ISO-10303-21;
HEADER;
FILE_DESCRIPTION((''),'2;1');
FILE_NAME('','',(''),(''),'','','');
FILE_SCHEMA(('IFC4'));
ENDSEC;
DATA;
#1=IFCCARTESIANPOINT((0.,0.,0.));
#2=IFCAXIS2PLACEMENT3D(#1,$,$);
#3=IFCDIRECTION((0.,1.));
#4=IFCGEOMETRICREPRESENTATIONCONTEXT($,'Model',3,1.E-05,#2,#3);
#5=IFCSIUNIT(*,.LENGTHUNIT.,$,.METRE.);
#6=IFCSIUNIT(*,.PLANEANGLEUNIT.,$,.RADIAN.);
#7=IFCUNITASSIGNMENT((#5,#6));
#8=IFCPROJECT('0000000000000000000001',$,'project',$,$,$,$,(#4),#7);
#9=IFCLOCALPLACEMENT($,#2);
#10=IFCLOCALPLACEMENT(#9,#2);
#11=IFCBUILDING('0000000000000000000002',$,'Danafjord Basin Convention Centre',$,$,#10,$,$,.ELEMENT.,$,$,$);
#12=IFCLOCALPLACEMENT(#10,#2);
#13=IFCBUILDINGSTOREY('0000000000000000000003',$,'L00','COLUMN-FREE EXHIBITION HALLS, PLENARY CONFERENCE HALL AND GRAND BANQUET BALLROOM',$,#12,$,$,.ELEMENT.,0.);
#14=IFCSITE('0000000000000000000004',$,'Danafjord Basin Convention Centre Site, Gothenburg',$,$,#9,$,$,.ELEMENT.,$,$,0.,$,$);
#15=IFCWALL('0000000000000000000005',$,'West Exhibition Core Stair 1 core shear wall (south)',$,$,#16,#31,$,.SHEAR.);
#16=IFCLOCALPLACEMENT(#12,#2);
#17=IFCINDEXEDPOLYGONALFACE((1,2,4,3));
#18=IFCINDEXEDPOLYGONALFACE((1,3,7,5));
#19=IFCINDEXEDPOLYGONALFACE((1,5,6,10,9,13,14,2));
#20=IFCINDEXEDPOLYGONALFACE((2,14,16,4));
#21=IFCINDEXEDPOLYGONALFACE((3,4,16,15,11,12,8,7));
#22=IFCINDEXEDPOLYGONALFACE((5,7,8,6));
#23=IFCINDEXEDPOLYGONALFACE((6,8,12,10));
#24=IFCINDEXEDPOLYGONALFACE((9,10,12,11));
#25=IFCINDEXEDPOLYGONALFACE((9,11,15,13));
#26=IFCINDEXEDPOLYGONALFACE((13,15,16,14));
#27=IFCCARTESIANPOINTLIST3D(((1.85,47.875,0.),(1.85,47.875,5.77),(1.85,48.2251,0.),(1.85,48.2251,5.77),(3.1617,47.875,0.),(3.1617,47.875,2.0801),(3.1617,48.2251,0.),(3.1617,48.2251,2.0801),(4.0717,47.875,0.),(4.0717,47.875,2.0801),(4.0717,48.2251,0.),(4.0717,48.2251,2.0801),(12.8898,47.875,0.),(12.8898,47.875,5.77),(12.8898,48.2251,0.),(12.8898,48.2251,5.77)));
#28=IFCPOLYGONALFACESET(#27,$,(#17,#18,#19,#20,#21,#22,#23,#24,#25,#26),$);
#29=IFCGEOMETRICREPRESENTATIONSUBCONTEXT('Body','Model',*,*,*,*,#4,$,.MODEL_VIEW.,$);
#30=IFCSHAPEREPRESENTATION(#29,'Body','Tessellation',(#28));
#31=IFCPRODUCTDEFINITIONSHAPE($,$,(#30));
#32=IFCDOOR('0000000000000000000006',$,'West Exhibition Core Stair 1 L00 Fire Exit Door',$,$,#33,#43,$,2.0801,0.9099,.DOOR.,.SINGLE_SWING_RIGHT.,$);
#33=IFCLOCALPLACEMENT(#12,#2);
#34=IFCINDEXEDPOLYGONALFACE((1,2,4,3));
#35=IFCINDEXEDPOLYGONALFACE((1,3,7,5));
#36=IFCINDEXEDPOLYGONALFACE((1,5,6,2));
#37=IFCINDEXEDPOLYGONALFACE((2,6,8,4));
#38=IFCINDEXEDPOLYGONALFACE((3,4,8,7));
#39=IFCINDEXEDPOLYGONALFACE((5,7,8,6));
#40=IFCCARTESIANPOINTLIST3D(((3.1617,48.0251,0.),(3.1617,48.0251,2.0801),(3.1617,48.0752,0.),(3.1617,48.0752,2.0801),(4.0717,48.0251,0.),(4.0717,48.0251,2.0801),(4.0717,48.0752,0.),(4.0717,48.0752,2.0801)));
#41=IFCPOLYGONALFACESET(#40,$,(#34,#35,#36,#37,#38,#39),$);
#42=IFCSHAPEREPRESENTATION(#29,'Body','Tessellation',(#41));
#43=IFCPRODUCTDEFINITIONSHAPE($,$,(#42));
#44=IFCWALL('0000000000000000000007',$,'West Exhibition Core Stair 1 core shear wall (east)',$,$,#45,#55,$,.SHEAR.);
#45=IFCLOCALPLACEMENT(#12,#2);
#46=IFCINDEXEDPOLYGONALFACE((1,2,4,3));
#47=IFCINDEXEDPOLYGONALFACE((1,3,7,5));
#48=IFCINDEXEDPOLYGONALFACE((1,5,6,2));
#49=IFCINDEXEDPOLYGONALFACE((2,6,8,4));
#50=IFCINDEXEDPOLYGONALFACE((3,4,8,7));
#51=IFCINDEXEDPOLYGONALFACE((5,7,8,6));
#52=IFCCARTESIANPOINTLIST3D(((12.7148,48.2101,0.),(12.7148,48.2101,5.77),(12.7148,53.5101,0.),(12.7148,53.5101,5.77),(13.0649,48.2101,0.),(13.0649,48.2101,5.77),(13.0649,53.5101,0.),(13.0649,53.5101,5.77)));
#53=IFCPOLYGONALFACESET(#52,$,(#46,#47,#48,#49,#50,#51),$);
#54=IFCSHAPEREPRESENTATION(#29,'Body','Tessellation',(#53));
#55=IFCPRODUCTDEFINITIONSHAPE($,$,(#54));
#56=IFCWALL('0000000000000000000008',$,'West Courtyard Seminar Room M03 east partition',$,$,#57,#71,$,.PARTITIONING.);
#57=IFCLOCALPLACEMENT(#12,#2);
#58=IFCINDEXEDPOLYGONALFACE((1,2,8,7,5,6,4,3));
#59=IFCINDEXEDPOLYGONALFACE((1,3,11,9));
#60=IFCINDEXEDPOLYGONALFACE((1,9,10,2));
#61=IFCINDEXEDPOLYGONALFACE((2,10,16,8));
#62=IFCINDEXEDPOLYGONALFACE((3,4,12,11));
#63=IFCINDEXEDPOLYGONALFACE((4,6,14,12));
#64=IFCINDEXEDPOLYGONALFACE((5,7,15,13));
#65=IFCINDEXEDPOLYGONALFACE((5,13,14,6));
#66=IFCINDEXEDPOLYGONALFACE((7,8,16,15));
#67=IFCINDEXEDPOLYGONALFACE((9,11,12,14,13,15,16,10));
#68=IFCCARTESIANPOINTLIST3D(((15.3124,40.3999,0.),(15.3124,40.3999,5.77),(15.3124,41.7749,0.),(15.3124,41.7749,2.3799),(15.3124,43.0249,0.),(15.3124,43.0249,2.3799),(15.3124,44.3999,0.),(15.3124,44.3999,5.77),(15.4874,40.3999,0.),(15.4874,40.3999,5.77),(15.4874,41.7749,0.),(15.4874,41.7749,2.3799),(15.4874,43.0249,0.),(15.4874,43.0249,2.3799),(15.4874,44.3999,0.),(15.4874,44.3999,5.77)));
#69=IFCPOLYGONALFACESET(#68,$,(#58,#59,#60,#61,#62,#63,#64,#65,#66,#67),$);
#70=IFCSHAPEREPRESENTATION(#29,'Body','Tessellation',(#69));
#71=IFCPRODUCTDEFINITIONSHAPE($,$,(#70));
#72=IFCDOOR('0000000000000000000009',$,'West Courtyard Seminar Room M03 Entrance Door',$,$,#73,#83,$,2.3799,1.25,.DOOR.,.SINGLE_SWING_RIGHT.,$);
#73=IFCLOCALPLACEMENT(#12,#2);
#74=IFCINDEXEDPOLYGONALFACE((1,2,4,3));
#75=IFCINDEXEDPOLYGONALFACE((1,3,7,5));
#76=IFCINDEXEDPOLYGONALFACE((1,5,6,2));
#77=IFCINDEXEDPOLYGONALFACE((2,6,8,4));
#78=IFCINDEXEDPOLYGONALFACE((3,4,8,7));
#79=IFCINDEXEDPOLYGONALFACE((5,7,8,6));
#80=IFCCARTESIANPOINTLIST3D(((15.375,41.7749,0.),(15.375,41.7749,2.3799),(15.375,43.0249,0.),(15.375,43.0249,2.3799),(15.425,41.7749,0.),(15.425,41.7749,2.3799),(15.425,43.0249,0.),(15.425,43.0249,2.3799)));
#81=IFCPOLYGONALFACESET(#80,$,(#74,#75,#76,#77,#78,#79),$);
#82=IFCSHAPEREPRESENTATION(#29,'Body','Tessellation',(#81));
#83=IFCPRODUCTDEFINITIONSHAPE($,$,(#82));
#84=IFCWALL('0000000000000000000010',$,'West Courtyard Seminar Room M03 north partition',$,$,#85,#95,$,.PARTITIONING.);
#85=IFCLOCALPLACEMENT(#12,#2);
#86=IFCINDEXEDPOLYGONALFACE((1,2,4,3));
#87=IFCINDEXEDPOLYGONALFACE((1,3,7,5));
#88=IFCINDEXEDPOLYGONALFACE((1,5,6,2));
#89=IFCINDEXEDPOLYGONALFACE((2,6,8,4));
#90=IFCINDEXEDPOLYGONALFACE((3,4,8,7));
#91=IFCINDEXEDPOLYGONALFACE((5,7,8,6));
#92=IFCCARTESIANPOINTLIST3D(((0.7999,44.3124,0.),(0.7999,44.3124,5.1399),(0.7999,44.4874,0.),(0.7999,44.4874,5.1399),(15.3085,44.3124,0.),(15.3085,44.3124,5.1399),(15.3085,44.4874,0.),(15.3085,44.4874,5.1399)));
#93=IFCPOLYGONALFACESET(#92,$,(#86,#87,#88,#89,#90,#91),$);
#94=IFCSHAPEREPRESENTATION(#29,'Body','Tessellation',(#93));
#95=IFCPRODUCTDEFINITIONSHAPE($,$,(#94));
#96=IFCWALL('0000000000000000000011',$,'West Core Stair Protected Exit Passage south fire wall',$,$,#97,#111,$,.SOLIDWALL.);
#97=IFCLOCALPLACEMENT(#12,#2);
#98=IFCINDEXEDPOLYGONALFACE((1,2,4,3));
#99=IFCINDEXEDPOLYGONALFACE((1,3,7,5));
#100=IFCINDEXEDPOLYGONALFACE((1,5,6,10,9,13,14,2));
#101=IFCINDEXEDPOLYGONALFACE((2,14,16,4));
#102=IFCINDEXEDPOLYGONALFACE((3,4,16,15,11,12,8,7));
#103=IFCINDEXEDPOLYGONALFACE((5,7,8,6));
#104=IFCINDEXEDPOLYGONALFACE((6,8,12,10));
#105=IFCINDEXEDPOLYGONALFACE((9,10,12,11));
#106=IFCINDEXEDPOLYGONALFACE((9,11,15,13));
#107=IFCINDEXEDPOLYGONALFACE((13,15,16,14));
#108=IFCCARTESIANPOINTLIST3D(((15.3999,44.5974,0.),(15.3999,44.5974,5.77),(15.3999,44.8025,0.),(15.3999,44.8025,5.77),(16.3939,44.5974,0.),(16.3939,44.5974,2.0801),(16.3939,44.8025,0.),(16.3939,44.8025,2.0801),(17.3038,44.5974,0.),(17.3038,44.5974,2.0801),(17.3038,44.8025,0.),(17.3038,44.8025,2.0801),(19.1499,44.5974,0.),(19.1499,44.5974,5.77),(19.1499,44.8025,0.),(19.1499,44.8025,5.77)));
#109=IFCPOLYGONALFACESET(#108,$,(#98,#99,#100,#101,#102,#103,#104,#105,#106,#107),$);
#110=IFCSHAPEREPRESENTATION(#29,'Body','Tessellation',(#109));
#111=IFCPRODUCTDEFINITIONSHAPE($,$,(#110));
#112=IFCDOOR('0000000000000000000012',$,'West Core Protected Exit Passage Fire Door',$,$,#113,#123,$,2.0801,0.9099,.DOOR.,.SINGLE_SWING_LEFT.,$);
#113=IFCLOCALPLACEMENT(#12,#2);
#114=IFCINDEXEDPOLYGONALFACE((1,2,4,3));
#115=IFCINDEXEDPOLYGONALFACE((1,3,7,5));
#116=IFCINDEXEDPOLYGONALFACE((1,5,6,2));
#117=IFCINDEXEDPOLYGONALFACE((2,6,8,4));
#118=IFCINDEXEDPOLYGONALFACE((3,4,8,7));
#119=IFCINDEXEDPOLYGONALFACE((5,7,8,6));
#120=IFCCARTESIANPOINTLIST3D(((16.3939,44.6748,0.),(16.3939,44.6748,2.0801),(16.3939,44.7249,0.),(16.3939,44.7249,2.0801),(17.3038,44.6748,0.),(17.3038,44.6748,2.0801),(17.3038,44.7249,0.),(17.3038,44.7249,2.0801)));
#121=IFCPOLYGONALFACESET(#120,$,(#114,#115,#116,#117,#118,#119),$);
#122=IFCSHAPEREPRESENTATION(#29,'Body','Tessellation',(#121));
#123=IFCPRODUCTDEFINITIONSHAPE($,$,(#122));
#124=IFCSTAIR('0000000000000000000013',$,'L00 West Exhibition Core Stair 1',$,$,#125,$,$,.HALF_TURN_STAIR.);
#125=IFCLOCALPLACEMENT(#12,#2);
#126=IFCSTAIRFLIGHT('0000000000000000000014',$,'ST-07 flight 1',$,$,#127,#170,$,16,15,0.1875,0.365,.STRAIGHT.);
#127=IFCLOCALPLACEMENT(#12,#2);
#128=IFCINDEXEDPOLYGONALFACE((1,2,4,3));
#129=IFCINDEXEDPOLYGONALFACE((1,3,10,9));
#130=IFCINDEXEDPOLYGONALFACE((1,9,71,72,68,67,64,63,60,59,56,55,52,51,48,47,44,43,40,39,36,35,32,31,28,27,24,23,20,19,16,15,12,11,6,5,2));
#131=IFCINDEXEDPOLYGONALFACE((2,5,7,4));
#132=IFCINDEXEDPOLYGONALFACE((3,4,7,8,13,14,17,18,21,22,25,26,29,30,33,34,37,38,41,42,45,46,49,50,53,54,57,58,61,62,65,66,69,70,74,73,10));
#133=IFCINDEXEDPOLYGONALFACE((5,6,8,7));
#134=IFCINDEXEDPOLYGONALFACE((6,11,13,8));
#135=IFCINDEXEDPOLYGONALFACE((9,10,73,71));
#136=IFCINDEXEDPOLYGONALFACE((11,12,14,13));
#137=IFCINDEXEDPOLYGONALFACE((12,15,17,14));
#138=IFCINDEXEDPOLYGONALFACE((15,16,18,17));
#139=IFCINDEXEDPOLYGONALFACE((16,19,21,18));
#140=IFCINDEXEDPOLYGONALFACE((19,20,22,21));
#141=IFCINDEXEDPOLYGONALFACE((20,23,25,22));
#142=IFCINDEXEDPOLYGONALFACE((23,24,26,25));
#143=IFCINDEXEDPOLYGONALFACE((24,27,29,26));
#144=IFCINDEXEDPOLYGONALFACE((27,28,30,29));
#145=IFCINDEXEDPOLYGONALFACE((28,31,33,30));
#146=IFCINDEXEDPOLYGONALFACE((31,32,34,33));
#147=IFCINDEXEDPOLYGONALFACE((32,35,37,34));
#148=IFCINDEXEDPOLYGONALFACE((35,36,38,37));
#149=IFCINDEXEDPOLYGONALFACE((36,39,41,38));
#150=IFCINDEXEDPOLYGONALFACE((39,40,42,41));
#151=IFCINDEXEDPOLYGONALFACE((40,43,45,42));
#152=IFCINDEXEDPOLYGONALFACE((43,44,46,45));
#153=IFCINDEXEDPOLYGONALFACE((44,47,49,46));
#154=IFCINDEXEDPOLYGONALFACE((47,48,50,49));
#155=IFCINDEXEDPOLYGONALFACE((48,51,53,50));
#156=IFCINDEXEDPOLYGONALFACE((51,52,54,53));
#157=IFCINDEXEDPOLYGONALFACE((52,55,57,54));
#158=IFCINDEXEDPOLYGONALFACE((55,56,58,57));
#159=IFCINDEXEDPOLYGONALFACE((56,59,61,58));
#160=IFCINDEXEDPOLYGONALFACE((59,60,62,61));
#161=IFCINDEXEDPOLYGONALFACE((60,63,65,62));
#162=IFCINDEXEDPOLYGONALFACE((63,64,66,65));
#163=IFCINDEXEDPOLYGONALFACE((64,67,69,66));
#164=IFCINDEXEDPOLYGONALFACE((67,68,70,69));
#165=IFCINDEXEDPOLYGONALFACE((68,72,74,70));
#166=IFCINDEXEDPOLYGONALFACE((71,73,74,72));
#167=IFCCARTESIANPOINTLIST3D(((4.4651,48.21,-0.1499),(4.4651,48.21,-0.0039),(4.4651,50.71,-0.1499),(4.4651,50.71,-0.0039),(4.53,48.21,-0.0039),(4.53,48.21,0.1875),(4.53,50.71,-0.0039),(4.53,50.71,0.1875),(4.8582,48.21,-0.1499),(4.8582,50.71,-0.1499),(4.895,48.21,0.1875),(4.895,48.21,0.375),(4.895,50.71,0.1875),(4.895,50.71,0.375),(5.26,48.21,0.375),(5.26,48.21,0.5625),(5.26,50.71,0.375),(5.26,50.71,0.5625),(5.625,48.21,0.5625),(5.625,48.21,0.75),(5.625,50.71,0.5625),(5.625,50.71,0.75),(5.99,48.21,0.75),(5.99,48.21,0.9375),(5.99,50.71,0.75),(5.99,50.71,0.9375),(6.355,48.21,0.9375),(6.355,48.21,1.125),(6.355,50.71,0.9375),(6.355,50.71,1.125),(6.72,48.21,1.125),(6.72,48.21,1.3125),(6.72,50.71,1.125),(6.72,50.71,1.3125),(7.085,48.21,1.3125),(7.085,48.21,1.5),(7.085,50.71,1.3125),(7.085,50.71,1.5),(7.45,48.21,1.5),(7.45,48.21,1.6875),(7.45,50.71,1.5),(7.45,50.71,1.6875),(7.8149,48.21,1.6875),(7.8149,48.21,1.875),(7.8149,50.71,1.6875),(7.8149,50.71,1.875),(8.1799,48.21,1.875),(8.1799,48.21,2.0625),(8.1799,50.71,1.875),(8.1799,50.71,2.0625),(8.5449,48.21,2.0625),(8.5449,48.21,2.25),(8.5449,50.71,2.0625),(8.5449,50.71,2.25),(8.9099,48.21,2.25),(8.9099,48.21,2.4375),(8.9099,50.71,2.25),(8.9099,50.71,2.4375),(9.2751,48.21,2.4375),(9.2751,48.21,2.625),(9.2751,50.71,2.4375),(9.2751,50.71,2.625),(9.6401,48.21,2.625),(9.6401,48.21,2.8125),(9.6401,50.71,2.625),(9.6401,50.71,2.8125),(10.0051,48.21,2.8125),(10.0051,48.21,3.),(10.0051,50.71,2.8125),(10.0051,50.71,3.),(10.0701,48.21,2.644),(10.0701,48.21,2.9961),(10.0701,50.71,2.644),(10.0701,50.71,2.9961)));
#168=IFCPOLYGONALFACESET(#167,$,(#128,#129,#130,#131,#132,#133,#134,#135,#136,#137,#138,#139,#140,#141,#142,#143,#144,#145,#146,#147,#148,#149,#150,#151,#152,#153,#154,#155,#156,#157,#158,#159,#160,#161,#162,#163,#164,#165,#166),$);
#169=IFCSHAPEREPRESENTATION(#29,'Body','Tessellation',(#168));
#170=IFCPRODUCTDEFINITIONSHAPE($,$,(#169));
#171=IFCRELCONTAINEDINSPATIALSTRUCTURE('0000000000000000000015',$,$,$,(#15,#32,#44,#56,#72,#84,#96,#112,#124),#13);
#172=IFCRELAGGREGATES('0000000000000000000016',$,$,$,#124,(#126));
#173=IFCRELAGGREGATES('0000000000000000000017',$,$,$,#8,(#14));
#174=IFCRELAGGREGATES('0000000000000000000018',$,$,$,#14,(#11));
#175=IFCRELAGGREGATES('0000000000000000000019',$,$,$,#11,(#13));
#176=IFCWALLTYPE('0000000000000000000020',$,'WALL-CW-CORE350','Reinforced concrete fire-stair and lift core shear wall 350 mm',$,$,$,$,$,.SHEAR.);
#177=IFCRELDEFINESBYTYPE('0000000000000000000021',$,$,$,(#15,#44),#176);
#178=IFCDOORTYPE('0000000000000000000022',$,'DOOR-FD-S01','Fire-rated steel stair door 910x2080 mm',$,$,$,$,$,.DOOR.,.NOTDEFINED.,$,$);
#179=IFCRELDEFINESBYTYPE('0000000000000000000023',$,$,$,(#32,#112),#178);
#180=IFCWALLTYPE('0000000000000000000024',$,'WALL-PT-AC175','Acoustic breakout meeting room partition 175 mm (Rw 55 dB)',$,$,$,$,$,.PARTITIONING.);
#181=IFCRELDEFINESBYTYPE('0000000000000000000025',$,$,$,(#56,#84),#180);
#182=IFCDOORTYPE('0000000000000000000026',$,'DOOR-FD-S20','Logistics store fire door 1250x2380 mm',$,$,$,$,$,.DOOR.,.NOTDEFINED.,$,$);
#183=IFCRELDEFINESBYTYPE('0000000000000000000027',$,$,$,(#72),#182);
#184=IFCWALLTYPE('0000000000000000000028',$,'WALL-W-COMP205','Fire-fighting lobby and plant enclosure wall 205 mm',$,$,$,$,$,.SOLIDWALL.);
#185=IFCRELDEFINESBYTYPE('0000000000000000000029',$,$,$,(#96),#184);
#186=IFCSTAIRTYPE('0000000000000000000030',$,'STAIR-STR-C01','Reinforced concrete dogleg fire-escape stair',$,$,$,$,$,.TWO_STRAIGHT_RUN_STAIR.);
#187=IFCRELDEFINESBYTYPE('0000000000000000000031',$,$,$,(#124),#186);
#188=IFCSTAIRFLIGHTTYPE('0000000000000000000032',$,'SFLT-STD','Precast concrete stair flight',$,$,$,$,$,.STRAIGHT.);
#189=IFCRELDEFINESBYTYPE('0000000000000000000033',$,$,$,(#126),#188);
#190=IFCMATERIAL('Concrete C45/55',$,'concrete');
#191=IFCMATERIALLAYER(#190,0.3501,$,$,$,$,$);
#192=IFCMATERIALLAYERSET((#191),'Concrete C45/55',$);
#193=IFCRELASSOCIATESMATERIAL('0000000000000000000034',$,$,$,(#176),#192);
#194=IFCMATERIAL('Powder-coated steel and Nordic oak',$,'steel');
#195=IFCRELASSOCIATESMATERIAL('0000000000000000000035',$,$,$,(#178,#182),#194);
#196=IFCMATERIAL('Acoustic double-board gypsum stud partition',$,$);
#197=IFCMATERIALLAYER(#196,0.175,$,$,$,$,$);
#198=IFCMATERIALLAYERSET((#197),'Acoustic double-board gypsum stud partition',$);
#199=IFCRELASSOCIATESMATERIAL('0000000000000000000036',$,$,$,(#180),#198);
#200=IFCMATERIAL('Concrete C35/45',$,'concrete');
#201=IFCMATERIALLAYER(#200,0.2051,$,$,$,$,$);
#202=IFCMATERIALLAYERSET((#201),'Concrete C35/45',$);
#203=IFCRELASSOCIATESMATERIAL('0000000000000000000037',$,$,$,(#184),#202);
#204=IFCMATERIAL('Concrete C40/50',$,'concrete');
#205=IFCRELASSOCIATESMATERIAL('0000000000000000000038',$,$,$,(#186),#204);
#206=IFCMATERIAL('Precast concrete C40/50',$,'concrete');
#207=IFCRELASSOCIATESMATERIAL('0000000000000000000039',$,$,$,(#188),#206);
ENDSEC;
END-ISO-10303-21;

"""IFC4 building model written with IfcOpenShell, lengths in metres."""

from ifc_helpers import new_model, si_unit, direction, frame, frame_2d, origin, place, context, subcontext, project, spatial, polyline, rectangle, outline, extrude, material, layer, layer_set, type_object, element, fill, aggregate, save


model = new_model("IFC4")

# Units and contexts
model_context = context("Model", 3, precision=1e-05, world=origin(), true_north=direction((0.0, 1.0)))
body_context = subcontext(model_context, "Body", "Model", "MODEL_VIEW")
ifc_project = project(units=[si_unit("LENGTHUNIT", "METRE"), si_unit("PLANEANGLEUNIT", "RADIAN")], contexts=[model_context])

# Site, building, storey
site_placement = place(None, origin())
site = spatial("IfcSite", under=ifc_project, at=site_placement, Name="Danafjord Basin Convention Centre Site, Gothenburg", CompositionType="ELEMENT", RefElevation=0.0)
building_placement = place(site_placement, origin())
building = spatial("IfcBuilding", under=site, at=building_placement, Name="Danafjord Basin Convention Centre", CompositionType="ELEMENT")
storey_placement = place(building_placement, origin())
storey = spatial("IfcBuildingStorey", under=building, at=storey_placement, Name="L00", Description="COLUMN-FREE EXHIBITION HALLS, PLENARY CONFERENCE HALL AND GRAND BANQUET BALLROOM", CompositionType="ELEMENT", Elevation=0.0)

# Shared definitions
ifc_material_1 = material(Name="Concrete C40/50", Category="concrete")

# Wall, opening, door
ifc_material_2 = material(Name="Concrete C45/55", Category="concrete")
ifc_layer_1 = layer(ifc_material_2, 0.3501)
ifc_layer_set_1 = layer_set([ifc_layer_1], Name="Concrete C45/55")
wall_type_1 = type_object("IfcWallType", Name="WALL-CW-CORE350", Description="Reinforced concrete fire-stair and lift core shear wall 350 mm", PredefinedType="SHEAR", material=ifc_layer_set_1)
wall_1_placement = place(storey_placement, frame((12.8899, 48.05, 0.0), z_axis=(0.0, 0.0, 1.0), x_axis=(-1.0, 0.0, 0.0)))
wall_1 = element("IfcWall", 1, at=wall_1_placement, inside=storey, type_object=wall_type_1, Name="West Exhibition Core Stair 1 core shear wall (south)", PredefinedType="SHEAR", context=body_context, shape_type="SweptSolid", body=[
    extrude(rectangle(XDim=11.0398, YDim=0.3501, at=frame_2d((5.52, 0.0))), origin(), (0.0, 0.0, 1.0), 5.77),
])
opening_1_placement = place(wall_1_placement, frame((8.8181, 0.0, 0.0)))
opening_1 = element("IfcOpeningElement", 2, at=opening_1_placement, cuts=wall_1, PredefinedType="OPENING", context=body_context, shape_type="SweptSolid", body=[
    extrude(rectangle(XDim=0.9099, YDim=2.0801, at=frame_2d((0.4551, 1.04))), frame((0.0, 0.1851, 0.0), z_axis=(0.0, -1.0, 0.0), x_axis=(1.0, 0.0, 0.0)), (0.0, 0.0, 1.0), 0.3701),
])
ifc_material_3 = material(Name="Powder-coated steel and Nordic oak", Category="steel")
door_type_1 = type_object("IfcDoorType", Name="DOOR-FD-S01", Description="Fire-rated steel stair door 910x2080 mm", OperationType="NOTDEFINED", PredefinedType="DOOR", material=ifc_material_3)
door_1_placement = place(opening_1_placement, origin())
door_1 = element("IfcDoor", 3, at=door_1_placement, inside=storey, type_object=door_type_1, Name="West Exhibition Core Stair 1 L00 Fire Exit Door", OperationType="SINGLE_SWING_RIGHT", OverallHeight=2.0801, OverallWidth=0.9099, PredefinedType="DOOR", context=body_context, shape_type="SweptSolid", body=[
    extrude(rectangle(XDim=0.9099, YDim=2.0801, at=frame_2d((0.4551, 1.04))), frame((0.0, 0.0249, 0.0), z_axis=(0.0, -1.0, 0.0), x_axis=(1.0, 0.0, 0.0)), (0.0, 0.0, 1.0), 0.05),
])
fill(opening_1, door_1)

# Wall
wall_2_placement = place(storey_placement, frame((12.8899, 53.51, 0.0), z_axis=(0.0, 0.0, 1.0), x_axis=(0.0, -1.0, 0.0)))
element("IfcWall", 4, at=wall_2_placement, inside=storey, type_object=wall_type_1, Name="West Exhibition Core Stair 1 core shear wall (east)", PredefinedType="SHEAR", context=body_context, shape_type="SweptSolid", body=[
    extrude(rectangle(XDim=5.3, YDim=0.3501, at=frame_2d((2.6499, 0.0))), origin(), (0.0, 0.0, 1.0), 5.77),
])

# Wall, opening, door
ifc_material_4 = material(Name="Acoustic double-board gypsum stud partition")
ifc_layer_2 = layer(ifc_material_4, 0.175)
ifc_layer_set_2 = layer_set([ifc_layer_2], Name="Acoustic double-board gypsum stud partition")
wall_type_2 = type_object("IfcWallType", Name="WALL-PT-AC175", Description="Acoustic breakout meeting room partition 175 mm (Rw 55 dB)", PredefinedType="PARTITIONING", material=ifc_layer_set_2)
wall_3_placement = place(storey_placement, frame((15.3999, 40.3999, 0.0), z_axis=(0.0, 0.0, 1.0), x_axis=(0.0, 1.0, 0.0)))
wall_3 = element("IfcWall", 5, at=wall_3_placement, inside=storey, type_object=wall_type_2, Name="West Courtyard Seminar Room M03 east partition", PredefinedType="PARTITIONING", context=body_context, shape_type="SweptSolid", body=[
    extrude(rectangle(XDim=4.0, YDim=0.175, at=frame_2d((2.0, 0.0))), origin(), (0.0, 0.0, 1.0), 5.77),
])
opening_2_placement = place(wall_3_placement, frame((1.375, 0.0, 0.0)))
opening_2 = element("IfcOpeningElement", 6, at=opening_2_placement, cuts=wall_3, PredefinedType="OPENING", context=body_context, shape_type="SweptSolid", body=[
    extrude(rectangle(XDim=1.25, YDim=2.3799, at=frame_2d((0.625, 1.1899))), frame((0.0, 0.0974, 0.0), z_axis=(0.0, -1.0, 0.0), x_axis=(1.0, 0.0, 0.0)), (0.0, 0.0, 1.0), 0.1951),
])
door_type_2 = type_object("IfcDoorType", Name="DOOR-FD-S20", Description="Logistics store fire door 1250x2380 mm", OperationType="NOTDEFINED", PredefinedType="DOOR", material=ifc_material_3)
door_2_placement = place(opening_2_placement, origin())
door_2 = element("IfcDoor", 7, at=door_2_placement, inside=storey, type_object=door_type_2, Name="West Courtyard Seminar Room M03 Entrance Door", OperationType="SINGLE_SWING_RIGHT", OverallHeight=2.3799, OverallWidth=1.25, PredefinedType="DOOR", context=body_context, shape_type="SweptSolid", body=[
    extrude(rectangle(XDim=1.25, YDim=2.3799, at=frame_2d((0.625, 1.1899))), frame((0.0, 0.0249, 0.0), z_axis=(0.0, -1.0, 0.0), x_axis=(1.0, 0.0, 0.0)), (0.0, 0.0, 1.0), 0.05),
])
fill(opening_2, door_2)

# Wall
wall_4_placement = place(storey_placement, frame((15.3086, 44.3999, 0.0), z_axis=(0.0, 0.0, 1.0), x_axis=(-1.0, 0.0, 0.0)))
element("IfcWall", 8, at=wall_4_placement, inside=storey, type_object=wall_type_2, Name="West Courtyard Seminar Room M03 north partition", PredefinedType="PARTITIONING", context=body_context, shape_type="SweptSolid", body=[
    extrude(rectangle(XDim=14.5085, YDim=0.175, at=frame_2d((7.2544, 0.0))), origin(), (0.0, 0.0, 1.0), 5.1399),
])

# Wall, opening, door
ifc_material_5 = material(Name="Concrete C35/45", Category="concrete")
ifc_layer_3 = layer(ifc_material_5, 0.2051)
ifc_layer_set_3 = layer_set([ifc_layer_3], Name="Concrete C35/45")
wall_type_3 = type_object("IfcWallType", Name="WALL-W-COMP205", Description="Fire-fighting lobby and plant enclosure wall 205 mm", PredefinedType="SOLIDWALL", material=ifc_layer_set_3)
wall_5_placement = place(storey_placement, frame((15.3999, 44.7, 0.0), z_axis=(0.0, 0.0, 1.0), x_axis=(1.0, 0.0, 0.0)))
wall_5 = element("IfcWall", 9, at=wall_5_placement, inside=storey, type_object=wall_type_3, Name="West Core Stair Protected Exit Passage south fire wall", PredefinedType="SOLIDWALL", context=body_context, shape_type="SweptSolid", body=[
    extrude(rectangle(XDim=3.75, YDim=0.2051, at=frame_2d((1.875, 0.0))), origin(), (0.0, 0.0, 1.0), 5.77),
])
opening_3_placement = place(wall_5_placement, frame((0.9939, 0.0, 0.0)))
opening_3 = element("IfcOpeningElement", 10, at=opening_3_placement, cuts=wall_5, PredefinedType="OPENING", context=body_context, shape_type="SweptSolid", body=[
    extrude(rectangle(XDim=0.9099, YDim=2.0801, at=frame_2d((0.4551, 1.04))), frame((0.0, 0.1125, 0.0), z_axis=(0.0, -1.0, 0.0), x_axis=(1.0, 0.0, 0.0)), (0.0, 0.0, 1.0), 0.2251),
])
door_3_placement = place(opening_3_placement, origin())
door_3 = element("IfcDoor", 11, at=door_3_placement, inside=storey, type_object=door_type_1, Name="West Core Protected Exit Passage Fire Door", OperationType="SINGLE_SWING_LEFT", OverallHeight=2.0801, OverallWidth=0.9099, PredefinedType="DOOR", context=body_context, shape_type="SweptSolid", body=[
    extrude(rectangle(XDim=0.9099, YDim=2.0801, at=frame_2d((0.4551, 1.04))), frame((0.0, 0.0249, 0.0), z_axis=(0.0, -1.0, 0.0), x_axis=(1.0, 0.0, 0.0)), (0.0, 0.0, 1.0), 0.05),
])
fill(opening_3, door_3)

# Stair, stair flight
stair_type = type_object("IfcStairType", Name="STAIR-STR-C01", Description="Reinforced concrete dogleg fire-escape stair", PredefinedType="TWO_STRAIGHT_RUN_STAIR", material=ifc_material_1)
stair_placement = place(storey_placement, origin())
stair = element("IfcStair", 12, at=stair_placement, inside=storey, type_object=stair_type, Name="L00 West Exhibition Core Stair 1", PredefinedType="HALF_TURN_STAIR")
ifc_material_6 = material(Name="Precast concrete C40/50", Category="concrete")
stair_flight_type = type_object("IfcStairFlightType", Name="SFLT-STD", Description="Precast concrete stair flight", PredefinedType="STRAIGHT", material=ifc_material_6)
stair_flight_1_placement = place(storey_placement, frame((4.53, 49.46, 0.0), z_axis=(0.0, 0.0, 1.0), x_axis=(1.0, 0.0, 0.0)))
stair_flight_1 = element("IfcStairFlight", 13, at=stair_flight_1_placement, type_object=stair_flight_type, Name="ST-07 flight 1", NumberOfRisers=16, NumberOfTreads=15, PredefinedType="STRAIGHT", RiserHeight=0.1875, TreadLength=0.365, context=body_context, shape_type="SweptSolid", body=[
    extrude(outline(polyline([(-0.0649, -0.1499), (-0.0649, -0.0039), (0.0, -0.0039), (0.0, 0.1875), (0.365, 0.1875), (0.365, 0.375), (0.73, 0.375), (0.73, 0.5625), (1.095, 0.5625), (1.095, 0.75), (1.46, 0.75), (1.46, 0.9375), (1.825, 0.9375), (1.825, 1.125), (2.1899, 1.125), (2.1899, 1.3125), (2.5549, 1.3125), (2.5549, 1.5), (2.9199, 1.5), (2.9199, 1.6875), (3.2849, 1.6875), (3.2849, 1.875), (3.6499, 1.875), (3.6499, 2.0625), (4.0149, 2.0625), (4.0149, 2.25), (4.3799, 2.25), (4.3799, 2.4375), (4.7451, 2.4375), (4.7451, 2.625), (5.1101, 2.625), (5.1101, 2.8125), (5.4751, 2.8125), (5.4751, 3.0), (5.54, 2.9961), (5.54, 2.644), (0.3281, -0.1499), (-0.0649, -0.1499)])), frame((0.0, 1.25, 0.0), z_axis=(0.0, -1.0, 0.0), x_axis=(1.0, 0.0, 0.0)), (0.0, 0.0, 1.0), 2.5),
])
aggregate(stair, [stair_flight_1])

save(model, "model.ifc")
